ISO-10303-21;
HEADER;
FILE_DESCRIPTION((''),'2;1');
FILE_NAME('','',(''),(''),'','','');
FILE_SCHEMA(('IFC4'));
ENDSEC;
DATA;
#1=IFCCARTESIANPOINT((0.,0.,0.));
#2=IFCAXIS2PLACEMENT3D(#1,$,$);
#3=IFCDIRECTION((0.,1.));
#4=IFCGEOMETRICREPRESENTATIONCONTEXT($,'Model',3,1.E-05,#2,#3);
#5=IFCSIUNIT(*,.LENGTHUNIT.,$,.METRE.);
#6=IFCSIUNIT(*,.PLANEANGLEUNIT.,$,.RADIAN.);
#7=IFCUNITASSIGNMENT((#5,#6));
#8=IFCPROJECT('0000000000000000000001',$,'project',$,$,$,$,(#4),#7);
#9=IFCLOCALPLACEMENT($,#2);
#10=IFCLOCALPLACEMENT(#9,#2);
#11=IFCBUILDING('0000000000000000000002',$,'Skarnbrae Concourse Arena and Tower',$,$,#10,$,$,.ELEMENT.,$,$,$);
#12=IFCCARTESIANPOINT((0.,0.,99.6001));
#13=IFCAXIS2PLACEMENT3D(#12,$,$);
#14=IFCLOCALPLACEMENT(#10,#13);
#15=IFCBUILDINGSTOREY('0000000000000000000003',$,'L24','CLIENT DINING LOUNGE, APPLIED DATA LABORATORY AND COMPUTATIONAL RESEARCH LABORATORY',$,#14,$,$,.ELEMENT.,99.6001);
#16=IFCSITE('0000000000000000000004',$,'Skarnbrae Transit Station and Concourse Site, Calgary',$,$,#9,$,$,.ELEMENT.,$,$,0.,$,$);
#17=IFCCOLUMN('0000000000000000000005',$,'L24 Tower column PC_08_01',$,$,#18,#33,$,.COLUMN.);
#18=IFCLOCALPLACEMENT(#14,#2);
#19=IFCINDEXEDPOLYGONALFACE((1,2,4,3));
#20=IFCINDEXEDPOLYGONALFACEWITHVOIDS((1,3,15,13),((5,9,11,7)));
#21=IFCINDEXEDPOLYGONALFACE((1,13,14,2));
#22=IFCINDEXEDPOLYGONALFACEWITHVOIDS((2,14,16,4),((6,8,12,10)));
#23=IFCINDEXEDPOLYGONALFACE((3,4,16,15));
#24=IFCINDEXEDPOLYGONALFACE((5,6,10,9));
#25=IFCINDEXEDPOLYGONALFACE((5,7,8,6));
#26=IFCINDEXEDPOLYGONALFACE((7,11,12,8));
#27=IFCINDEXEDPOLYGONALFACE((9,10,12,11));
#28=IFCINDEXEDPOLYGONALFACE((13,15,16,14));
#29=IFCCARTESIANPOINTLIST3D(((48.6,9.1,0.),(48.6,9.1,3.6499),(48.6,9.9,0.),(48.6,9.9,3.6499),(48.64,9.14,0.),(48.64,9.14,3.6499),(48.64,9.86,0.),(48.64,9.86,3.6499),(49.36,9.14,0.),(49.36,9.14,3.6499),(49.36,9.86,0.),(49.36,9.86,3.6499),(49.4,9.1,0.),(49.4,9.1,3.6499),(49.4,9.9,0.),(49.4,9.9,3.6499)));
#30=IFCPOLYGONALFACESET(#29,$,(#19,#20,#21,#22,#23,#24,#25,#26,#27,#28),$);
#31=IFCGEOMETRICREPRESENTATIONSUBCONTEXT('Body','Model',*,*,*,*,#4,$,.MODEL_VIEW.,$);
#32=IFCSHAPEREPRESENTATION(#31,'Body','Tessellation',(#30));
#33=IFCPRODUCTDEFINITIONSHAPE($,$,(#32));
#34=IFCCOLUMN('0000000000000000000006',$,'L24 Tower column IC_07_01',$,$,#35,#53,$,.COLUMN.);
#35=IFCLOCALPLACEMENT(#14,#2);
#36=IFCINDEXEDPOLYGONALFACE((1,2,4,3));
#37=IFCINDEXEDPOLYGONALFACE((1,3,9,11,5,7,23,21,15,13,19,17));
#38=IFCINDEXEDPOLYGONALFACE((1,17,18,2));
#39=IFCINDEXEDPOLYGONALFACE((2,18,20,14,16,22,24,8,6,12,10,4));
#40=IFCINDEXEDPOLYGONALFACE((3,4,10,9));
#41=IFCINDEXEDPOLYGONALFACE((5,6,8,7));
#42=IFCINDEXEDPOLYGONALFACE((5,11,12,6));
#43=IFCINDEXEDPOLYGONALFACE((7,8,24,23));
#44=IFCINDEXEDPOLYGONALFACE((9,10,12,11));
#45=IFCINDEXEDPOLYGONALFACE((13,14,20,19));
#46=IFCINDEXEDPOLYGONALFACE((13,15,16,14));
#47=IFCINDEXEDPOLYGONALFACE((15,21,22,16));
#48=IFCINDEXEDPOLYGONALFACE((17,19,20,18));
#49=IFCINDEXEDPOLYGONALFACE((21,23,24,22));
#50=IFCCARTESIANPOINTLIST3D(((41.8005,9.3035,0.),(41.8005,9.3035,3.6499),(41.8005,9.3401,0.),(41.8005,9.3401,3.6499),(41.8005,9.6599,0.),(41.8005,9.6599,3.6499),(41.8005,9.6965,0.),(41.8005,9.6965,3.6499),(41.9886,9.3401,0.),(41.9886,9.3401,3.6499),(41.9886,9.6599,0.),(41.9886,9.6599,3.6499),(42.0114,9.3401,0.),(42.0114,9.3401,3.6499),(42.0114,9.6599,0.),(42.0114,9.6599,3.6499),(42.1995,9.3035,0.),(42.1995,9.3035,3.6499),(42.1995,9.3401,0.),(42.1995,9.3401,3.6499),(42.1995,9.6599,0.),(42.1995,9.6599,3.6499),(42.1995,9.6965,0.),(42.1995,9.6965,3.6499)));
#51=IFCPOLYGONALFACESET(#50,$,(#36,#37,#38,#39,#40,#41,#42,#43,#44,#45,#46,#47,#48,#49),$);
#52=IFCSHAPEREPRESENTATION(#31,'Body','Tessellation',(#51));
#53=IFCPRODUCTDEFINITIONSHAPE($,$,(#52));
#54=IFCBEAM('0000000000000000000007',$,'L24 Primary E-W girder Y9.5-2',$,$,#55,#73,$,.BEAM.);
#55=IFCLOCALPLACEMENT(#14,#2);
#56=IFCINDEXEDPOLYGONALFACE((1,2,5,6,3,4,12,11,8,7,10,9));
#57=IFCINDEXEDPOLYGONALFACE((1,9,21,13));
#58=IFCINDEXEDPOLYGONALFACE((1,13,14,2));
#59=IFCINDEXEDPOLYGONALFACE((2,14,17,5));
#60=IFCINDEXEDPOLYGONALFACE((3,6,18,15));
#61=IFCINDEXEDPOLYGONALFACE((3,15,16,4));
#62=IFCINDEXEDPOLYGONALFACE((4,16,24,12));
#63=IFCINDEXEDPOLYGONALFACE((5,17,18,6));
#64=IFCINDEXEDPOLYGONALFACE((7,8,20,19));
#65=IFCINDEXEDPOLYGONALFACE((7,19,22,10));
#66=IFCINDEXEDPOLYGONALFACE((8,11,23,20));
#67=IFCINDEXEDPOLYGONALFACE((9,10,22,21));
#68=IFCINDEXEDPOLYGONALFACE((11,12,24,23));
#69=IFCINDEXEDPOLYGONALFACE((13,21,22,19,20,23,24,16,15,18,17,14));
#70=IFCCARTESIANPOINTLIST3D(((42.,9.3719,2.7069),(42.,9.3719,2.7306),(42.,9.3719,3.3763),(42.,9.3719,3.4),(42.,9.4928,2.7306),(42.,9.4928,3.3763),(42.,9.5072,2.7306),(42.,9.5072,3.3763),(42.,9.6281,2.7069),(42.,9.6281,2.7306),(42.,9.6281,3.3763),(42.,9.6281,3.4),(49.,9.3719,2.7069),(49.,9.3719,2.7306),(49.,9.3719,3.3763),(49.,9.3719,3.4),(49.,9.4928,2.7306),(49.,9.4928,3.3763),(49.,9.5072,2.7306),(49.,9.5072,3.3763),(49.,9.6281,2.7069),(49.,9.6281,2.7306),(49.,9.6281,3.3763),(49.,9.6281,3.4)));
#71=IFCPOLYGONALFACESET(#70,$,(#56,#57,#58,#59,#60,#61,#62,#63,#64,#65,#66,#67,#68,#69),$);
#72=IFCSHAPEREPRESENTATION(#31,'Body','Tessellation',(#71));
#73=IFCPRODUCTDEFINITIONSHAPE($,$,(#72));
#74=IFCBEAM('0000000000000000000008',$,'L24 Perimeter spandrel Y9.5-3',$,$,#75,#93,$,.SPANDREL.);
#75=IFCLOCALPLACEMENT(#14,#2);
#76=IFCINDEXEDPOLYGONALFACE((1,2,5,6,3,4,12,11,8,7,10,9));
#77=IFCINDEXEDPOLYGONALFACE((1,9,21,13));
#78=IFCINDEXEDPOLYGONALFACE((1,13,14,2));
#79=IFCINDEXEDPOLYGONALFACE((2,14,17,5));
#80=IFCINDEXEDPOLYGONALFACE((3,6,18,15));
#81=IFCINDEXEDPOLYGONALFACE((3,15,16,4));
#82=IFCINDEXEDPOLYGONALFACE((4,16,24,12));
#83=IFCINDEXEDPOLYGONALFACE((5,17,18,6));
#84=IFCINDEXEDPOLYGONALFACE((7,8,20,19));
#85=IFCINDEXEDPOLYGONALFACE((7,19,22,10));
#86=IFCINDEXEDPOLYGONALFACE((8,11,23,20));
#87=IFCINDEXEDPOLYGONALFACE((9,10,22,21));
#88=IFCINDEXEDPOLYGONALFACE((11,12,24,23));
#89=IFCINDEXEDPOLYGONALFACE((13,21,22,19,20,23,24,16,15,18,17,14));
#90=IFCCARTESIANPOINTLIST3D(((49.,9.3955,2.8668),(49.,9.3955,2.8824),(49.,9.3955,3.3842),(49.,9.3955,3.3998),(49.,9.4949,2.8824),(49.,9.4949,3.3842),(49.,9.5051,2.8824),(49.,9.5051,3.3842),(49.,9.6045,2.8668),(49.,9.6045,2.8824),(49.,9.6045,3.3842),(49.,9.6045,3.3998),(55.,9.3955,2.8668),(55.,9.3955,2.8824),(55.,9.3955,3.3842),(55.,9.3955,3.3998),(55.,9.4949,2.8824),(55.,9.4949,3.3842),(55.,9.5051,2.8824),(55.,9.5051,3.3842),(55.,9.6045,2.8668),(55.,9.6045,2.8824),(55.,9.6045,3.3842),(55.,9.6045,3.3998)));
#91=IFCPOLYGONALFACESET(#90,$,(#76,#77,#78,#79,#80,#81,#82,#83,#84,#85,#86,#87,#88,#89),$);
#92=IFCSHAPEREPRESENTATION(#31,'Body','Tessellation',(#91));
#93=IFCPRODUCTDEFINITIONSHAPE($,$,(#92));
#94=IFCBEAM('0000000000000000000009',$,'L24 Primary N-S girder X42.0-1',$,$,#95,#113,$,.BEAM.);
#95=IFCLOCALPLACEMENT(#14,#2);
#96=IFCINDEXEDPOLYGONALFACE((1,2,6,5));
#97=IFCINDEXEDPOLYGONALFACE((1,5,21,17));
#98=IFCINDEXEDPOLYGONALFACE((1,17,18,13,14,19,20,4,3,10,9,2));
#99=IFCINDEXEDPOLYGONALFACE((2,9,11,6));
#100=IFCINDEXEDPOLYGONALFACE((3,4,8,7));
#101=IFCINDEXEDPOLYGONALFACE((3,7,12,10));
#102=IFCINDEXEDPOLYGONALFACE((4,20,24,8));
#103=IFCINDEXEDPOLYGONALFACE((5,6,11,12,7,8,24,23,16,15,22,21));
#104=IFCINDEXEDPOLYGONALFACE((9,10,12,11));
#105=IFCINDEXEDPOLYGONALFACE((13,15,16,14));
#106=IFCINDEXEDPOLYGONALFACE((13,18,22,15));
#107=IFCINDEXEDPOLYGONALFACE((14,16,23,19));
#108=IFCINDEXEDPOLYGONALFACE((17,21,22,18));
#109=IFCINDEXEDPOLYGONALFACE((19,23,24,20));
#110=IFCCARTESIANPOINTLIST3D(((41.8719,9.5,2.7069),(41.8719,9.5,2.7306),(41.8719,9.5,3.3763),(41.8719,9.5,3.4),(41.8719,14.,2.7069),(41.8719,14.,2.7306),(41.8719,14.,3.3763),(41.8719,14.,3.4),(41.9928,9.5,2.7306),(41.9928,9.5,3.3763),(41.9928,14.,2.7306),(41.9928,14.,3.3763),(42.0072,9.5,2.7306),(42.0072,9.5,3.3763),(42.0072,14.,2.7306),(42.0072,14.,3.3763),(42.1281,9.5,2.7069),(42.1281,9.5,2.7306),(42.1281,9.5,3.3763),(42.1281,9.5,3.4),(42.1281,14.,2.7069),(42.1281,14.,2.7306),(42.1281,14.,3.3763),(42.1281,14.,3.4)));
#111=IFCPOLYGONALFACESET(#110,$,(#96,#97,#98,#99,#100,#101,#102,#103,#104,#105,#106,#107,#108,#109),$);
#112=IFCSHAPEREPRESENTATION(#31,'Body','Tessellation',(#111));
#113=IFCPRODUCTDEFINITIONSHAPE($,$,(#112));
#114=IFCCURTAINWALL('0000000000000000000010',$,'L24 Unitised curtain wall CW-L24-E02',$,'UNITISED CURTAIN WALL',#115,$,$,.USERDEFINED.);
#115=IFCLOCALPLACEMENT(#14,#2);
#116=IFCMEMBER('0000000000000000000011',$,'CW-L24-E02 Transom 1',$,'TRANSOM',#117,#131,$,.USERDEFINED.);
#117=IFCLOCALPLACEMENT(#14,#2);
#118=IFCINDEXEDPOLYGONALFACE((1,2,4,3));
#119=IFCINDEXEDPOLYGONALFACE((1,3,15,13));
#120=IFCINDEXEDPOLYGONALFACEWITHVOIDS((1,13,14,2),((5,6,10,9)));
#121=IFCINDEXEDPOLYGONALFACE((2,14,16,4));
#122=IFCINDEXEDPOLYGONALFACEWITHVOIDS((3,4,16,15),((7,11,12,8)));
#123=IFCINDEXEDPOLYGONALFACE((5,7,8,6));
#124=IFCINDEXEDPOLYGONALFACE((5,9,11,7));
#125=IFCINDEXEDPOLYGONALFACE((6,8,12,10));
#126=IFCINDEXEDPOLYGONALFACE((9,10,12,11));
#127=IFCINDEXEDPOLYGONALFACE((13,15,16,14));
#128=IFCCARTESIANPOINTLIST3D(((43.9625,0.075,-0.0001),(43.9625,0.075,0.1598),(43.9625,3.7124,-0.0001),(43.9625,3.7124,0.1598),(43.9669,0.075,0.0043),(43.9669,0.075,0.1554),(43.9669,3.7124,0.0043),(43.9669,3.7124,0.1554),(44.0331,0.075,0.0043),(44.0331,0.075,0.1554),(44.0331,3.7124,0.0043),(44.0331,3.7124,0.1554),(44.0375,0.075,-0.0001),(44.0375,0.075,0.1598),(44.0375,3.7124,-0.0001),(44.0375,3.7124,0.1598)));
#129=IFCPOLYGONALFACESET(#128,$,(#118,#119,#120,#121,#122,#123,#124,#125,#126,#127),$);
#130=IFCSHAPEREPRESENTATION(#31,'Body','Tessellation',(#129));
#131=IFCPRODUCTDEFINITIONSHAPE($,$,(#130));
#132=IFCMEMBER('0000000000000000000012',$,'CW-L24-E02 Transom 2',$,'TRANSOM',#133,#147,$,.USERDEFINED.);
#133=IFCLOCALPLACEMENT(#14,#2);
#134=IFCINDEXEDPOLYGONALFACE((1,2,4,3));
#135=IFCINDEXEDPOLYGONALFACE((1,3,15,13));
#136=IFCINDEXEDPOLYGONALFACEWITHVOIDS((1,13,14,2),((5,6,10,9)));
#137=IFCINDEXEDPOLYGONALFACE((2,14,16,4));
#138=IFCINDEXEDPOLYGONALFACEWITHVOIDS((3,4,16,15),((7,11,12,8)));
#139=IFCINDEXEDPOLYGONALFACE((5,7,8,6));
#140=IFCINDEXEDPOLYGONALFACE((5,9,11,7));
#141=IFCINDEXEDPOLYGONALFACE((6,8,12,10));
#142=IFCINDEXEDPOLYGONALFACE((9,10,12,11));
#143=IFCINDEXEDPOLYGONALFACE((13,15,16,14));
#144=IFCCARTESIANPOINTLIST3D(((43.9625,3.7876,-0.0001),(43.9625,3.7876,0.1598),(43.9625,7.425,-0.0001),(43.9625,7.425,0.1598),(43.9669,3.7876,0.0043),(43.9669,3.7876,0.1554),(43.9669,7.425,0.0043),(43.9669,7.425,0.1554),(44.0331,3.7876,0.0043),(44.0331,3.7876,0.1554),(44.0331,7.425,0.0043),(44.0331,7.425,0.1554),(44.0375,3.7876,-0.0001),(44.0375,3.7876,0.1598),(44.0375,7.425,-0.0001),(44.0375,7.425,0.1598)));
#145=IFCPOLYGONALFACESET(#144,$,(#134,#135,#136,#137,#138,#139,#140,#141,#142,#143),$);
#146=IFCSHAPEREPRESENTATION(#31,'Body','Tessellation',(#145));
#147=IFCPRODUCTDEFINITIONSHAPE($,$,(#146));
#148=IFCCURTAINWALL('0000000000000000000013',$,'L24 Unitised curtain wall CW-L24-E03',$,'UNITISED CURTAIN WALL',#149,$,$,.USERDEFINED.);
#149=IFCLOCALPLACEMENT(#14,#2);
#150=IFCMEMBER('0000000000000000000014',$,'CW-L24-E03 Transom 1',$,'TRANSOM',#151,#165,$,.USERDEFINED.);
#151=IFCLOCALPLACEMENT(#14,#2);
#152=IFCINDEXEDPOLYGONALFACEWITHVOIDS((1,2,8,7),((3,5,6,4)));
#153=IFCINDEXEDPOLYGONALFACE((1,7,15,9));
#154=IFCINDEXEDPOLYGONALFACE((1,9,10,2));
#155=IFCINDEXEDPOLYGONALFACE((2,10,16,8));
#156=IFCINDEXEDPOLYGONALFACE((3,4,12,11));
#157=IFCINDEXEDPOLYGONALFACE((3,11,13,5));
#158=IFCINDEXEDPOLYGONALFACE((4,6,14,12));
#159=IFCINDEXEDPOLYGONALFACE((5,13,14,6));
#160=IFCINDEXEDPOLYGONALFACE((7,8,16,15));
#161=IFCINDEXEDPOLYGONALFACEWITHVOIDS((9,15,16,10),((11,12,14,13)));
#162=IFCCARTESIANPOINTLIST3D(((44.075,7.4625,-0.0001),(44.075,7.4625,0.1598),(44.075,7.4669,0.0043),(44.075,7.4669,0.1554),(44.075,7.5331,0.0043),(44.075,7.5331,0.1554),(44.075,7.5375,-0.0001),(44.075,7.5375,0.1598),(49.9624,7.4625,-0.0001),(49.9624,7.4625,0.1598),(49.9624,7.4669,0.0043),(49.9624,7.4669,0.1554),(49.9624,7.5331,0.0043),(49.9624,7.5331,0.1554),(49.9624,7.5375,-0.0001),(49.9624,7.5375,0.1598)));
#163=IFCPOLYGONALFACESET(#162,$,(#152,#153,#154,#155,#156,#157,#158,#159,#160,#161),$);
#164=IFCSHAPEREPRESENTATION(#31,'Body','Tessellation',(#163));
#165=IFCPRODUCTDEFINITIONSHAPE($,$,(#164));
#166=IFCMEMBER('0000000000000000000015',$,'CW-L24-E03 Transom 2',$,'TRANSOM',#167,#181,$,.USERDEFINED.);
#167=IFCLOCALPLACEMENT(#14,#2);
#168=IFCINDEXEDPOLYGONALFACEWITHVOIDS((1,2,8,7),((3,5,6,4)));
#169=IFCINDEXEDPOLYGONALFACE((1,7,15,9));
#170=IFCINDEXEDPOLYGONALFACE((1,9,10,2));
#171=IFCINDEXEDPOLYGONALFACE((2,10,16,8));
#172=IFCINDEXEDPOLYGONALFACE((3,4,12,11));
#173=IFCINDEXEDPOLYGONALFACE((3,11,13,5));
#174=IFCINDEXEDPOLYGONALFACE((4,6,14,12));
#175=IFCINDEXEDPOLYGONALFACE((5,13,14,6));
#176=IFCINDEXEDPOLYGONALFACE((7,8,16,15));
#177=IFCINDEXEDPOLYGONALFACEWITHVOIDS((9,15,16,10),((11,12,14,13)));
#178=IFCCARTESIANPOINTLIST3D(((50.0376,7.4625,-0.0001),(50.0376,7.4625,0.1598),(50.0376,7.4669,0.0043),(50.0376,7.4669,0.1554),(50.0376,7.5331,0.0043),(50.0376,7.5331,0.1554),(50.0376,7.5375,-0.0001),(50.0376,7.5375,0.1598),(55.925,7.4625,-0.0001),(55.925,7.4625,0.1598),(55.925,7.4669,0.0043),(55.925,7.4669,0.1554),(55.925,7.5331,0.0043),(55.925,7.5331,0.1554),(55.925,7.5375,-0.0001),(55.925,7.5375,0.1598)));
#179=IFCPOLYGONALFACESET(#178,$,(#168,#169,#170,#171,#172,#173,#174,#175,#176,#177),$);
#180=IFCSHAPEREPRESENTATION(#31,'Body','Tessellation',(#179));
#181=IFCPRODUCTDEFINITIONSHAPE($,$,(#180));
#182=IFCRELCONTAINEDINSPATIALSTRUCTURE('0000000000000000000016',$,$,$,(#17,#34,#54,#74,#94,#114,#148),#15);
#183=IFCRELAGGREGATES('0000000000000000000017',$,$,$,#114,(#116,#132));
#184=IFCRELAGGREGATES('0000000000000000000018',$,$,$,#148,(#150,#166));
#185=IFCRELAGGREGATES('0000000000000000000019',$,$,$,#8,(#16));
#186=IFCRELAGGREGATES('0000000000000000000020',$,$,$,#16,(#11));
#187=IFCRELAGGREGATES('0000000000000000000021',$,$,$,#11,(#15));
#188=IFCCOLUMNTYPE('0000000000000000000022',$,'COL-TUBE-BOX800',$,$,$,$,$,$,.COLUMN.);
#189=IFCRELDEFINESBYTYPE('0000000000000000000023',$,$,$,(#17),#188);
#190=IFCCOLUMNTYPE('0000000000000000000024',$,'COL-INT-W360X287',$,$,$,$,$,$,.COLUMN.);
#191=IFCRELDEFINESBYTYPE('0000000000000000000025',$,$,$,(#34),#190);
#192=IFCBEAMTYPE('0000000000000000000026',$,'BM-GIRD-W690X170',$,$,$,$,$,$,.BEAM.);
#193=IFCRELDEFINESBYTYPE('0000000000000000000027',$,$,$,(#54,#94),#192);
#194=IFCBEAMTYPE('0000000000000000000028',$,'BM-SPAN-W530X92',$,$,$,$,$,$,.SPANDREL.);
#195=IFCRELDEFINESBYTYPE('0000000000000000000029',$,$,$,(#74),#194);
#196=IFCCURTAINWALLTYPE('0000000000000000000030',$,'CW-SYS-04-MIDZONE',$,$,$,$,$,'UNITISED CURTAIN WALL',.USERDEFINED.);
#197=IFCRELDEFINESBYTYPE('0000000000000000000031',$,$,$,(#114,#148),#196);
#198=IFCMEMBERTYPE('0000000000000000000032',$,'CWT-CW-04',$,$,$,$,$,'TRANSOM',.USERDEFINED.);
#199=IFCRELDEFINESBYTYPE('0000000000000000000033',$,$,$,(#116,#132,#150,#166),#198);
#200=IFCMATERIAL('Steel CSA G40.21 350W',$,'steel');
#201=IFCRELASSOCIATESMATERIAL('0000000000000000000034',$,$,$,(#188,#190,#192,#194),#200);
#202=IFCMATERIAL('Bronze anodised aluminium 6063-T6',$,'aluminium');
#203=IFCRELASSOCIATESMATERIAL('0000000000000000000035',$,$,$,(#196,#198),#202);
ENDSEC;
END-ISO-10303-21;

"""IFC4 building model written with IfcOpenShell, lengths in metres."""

from ifc_helpers import new_model, si_unit, direction, frame, origin, origin_2d, place, context, subcontext, project, spatial, hollow_rectangle, i_section, extrude, source, transform, mapped, material, material_profile, profile_set, type_object, element, aggregate, save


model = new_model("IFC4")

# Units and contexts
model_context = context("Model", 3, precision=1e-05, world=origin(), true_north=direction((0.0, 1.0)))
body_context = subcontext(model_context, "Body", "Model", "MODEL_VIEW")
ifc_project = project(units=[si_unit("LENGTHUNIT", "METRE"), si_unit("PLANEANGLEUNIT", "RADIAN")], contexts=[model_context])

# Site, building, storey
site_placement = place(None, origin())
site = spatial("IfcSite", under=ifc_project, at=site_placement, Name="Skarnbrae Transit Station and Concourse Site, Calgary", CompositionType="ELEMENT", RefElevation=0.0)
building_placement = place(site_placement, origin())
building = spatial("IfcBuilding", under=site, at=building_placement, Name="Skarnbrae Concourse Arena and Tower", CompositionType="ELEMENT")
storey_placement = place(building_placement, frame((0.0, 0.0, 99.6001)))
storey = spatial("IfcBuildingStorey", under=building, at=storey_placement, Name="L24", Description="CLIENT DINING LOUNGE, APPLIED DATA LABORATORY AND COMPUTATIONAL RESEARCH LABORATORY", CompositionType="ELEMENT", Elevation=99.6001)

# Columns
ifc_material_1 = material(Name="Steel CSA G40.21 350W", Category="steel")
ifc_material_profile_1 = material_profile(ifc_material_1, hollow_rectangle(XDim=0.8, YDim=0.8, WallThickness=0.04, at=origin_2d()), Name="BOX800X800X40")
ifc_profile_set_1 = profile_set([ifc_material_profile_1], Name="Steel CSA G40.21 350W")
column_type_1 = type_object("IfcColumnType", Name="COL-TUBE-BOX800", PredefinedType="COLUMN", material=ifc_profile_set_1)
shared_shape_1 = source(origin(), body_context, "Body", "SweptSolid", [
    extrude(hollow_rectangle(XDim=0.8, YDim=0.8, WallThickness=0.04, at=origin_2d()), origin(), (0.0, 0.0, 1.0), 3.6499),
])
column_1_placement = place(storey_placement, frame((49.0, 9.5, 0.0), z_axis=(0.0, 0.0, 1.0), x_axis=(1.0, 0.0, 0.0)))
element("IfcColumn", 1, at=column_1_placement, inside=storey, type_object=column_type_1, Name="L24 Tower column PC_08_01", PredefinedType="COLUMN", context=body_context, shape_type="MappedRepresentation", body=[
    mapped(shared_shape_1, transform((0.0, 0.0, 0.0))),
])
ifc_material_profile_2 = material_profile(ifc_material_1, i_section(OverallWidth=0.3989, OverallDepth=0.3931, WebThickness=0.0227, FlangeThickness=0.0366, at=origin_2d()), Name="W360X287")
ifc_profile_set_2 = profile_set([ifc_material_profile_2], Name="Steel CSA G40.21 350W")
column_type_2 = type_object("IfcColumnType", Name="COL-INT-W360X287", PredefinedType="COLUMN", material=ifc_profile_set_2)
shared_shape_2 = source(origin(), body_context, "Body", "SweptSolid", [
    extrude(i_section(OverallWidth=0.3989, OverallDepth=0.3931, WebThickness=0.0227, FlangeThickness=0.0366, at=origin_2d()), origin(), (0.0, 0.0, 1.0), 3.6499),
])
column_2_placement = place(storey_placement, frame((42.0, 9.5, 0.0), z_axis=(0.0, 0.0, 1.0), x_axis=(1.0, 0.0, 0.0)))
element("IfcColumn", 2, at=column_2_placement, inside=storey, type_object=column_type_2, Name="L24 Tower column IC_07_01", PredefinedType="COLUMN", context=body_context, shape_type="MappedRepresentation", body=[
    mapped(shared_shape_2, transform((0.0, 0.0, 0.0))),
])

# Beams
ifc_material_profile_3 = material_profile(ifc_material_1, i_section(OverallWidth=0.2561, OverallDepth=0.6931, WebThickness=0.0144, FlangeThickness=0.0237, at=origin_2d()), Name="W690X170")
ifc_profile_set_3 = profile_set([ifc_material_profile_3], Name="Steel CSA G40.21 350W")
beam_type_1 = type_object("IfcBeamType", Name="BM-GIRD-W690X170", PredefinedType="BEAM", material=ifc_profile_set_3)
shared_shape_3 = source(origin(), body_context, "Body", "SweptSolid", [
    extrude(i_section(OverallWidth=0.2561, OverallDepth=0.6931, WebThickness=0.0144, FlangeThickness=0.0237, at=origin_2d()), origin(), (0.0, 0.0, 1.0), 7.0),
])
beam_1_placement = place(storey_placement, frame((42.0, 9.5, 3.0535), z_axis=(1.0, 0.0, 0.0), x_axis=(0.0, 1.0, 0.0)))
element("IfcBeam", 3, at=beam_1_placement, inside=storey, type_object=beam_type_1, Name="L24 Primary E-W girder Y9.5-2", PredefinedType="BEAM", context=body_context, shape_type="MappedRepresentation", body=[
    mapped(shared_shape_3, transform((0.0, 0.0, 0.0))),
])
ifc_material_profile_4 = material_profile(ifc_material_1, i_section(OverallWidth=0.209, OverallDepth=0.533, WebThickness=0.0103, FlangeThickness=0.0156, at=origin_2d()), Name="W530X92")
ifc_profile_set_4 = profile_set([ifc_material_profile_4], Name="Steel CSA G40.21 350W")
beam_type_2 = type_object("IfcBeamType", Name="BM-SPAN-W530X92", PredefinedType="SPANDREL", material=ifc_profile_set_4)
shared_shape_4 = source(origin(), body_context, "Body", "SweptSolid", [
    extrude(i_section(OverallWidth=0.209, OverallDepth=0.533, WebThickness=0.0103, FlangeThickness=0.0156, at=origin_2d()), origin(), (0.0, 0.0, 1.0), 6.0),
])
beam_2_placement = place(storey_placement, frame((49.0, 9.5, 3.1333), z_axis=(1.0, 0.0, 0.0), x_axis=(0.0, 1.0, 0.0)))
element("IfcBeam", 4, at=beam_2_placement, inside=storey, type_object=beam_type_2, Name="L24 Perimeter spandrel Y9.5-3", PredefinedType="SPANDREL", context=body_context, shape_type="MappedRepresentation", body=[
    mapped(shared_shape_4, transform((0.0, 0.0, 0.0))),
])
shared_shape_5 = source(origin(), body_context, "Body", "SweptSolid", [
    extrude(i_section(OverallWidth=0.2561, OverallDepth=0.6931, WebThickness=0.0144, FlangeThickness=0.0237, at=origin_2d()), origin(), (0.0, 0.0, 1.0), 4.5),
])
beam_3_placement = place(storey_placement, frame((42.0, 9.5, 3.0535), z_axis=(0.0, 1.0, 0.0), x_axis=(-1.0, 0.0, 0.0)))
element("IfcBeam", 5, at=beam_3_placement, inside=storey, type_object=beam_type_1, Name="L24 Primary N-S girder X42.0-1", PredefinedType="BEAM", context=body_context, shape_type="MappedRepresentation", body=[
    mapped(shared_shape_5, transform((0.0, 0.0, 0.0))),
])

# Curtain walls, members
ifc_material_2 = material(Name="Bronze anodised aluminium 6063-T6", Category="aluminium")
curtain_wall_type = type_object("IfcCurtainWallType", Name="CW-SYS-04-MIDZONE", ElementType="UNITISED CURTAIN WALL", PredefinedType="USERDEFINED", material=ifc_material_2)
curtain_wall_1_placement = place(storey_placement, origin())
curtain_wall_1 = element("IfcCurtainWall", 6, at=curtain_wall_1_placement, inside=storey, type_object=curtain_wall_type, Name="L24 Unitised curtain wall CW-L24-E02", ObjectType="UNITISED CURTAIN WALL", PredefinedType="USERDEFINED")
ifc_material_profile_5 = material_profile(ifc_material_2, hollow_rectangle(XDim=0.075, YDim=0.1599, WallThickness=0.0044, at=origin_2d()), Name="ALU-TRAN-75X160")
ifc_profile_set_5 = profile_set([ifc_material_profile_5], Name="Bronze anodised aluminium 6063-T6")
member_type_1 = type_object("IfcMemberType", Name="CWT-CW-04", ElementType="TRANSOM", PredefinedType="USERDEFINED", material=ifc_profile_set_5)
shared_shape_6 = source(origin(), body_context, "Body", "SweptSolid", [
    extrude(hollow_rectangle(XDim=0.075, YDim=0.1599, WallThickness=0.0044, at=origin_2d()), origin(), (0.0, 0.0, 1.0), 3.6375),
])
member_1_placement = place(storey_placement, frame((44.0, 0.075, 0.0798), z_axis=(0.0, 1.0, 0.0), x_axis=(-1.0, 0.0, 0.0)))
member_1 = element("IfcMember", 7, at=member_1_placement, type_object=member_type_1, Name="CW-L24-E02 Transom 1", ObjectType="TRANSOM", PredefinedType="USERDEFINED", context=body_context, shape_type="MappedRepresentation", body=[
    mapped(shared_shape_6, transform((0.0, 0.0, 0.0))),
])
member_2_placement = place(storey_placement, frame((44.0, 3.7876, 0.0798), z_axis=(0.0, 1.0, 0.0), x_axis=(-1.0, 0.0, 0.0)))
member_2 = element("IfcMember", 8, at=member_2_placement, type_object=member_type_1, Name="CW-L24-E02 Transom 2", ObjectType="TRANSOM", PredefinedType="USERDEFINED", context=body_context, shape_type="MappedRepresentation", body=[
    mapped(shared_shape_6, transform((0.0, 0.0, 0.0))),
])
curtain_wall_2_placement = place(storey_placement, origin())
curtain_wall_2 = element("IfcCurtainWall", 9, at=curtain_wall_2_placement, inside=storey, type_object=curtain_wall_type, Name="L24 Unitised curtain wall CW-L24-E03", ObjectType="UNITISED CURTAIN WALL", PredefinedType="USERDEFINED")
shared_shape_7 = source(origin(), body_context, "Body", "SweptSolid", [
    extrude(hollow_rectangle(XDim=0.075, YDim=0.1599, WallThickness=0.0044, at=origin_2d()), origin(), (0.0, 0.0, 1.0), 5.8875),
])
member_3_placement = place(storey_placement, frame((44.075, 7.5, 0.0798), z_axis=(1.0, 0.0, 0.0), x_axis=(0.0, 1.0, 0.0)))
member_3 = element("IfcMember", 10, at=member_3_placement, type_object=member_type_1, Name="CW-L24-E03 Transom 1", ObjectType="TRANSOM", PredefinedType="USERDEFINED", context=body_context, shape_type="MappedRepresentation", body=[
    mapped(shared_shape_7, transform((0.0, 0.0, 0.0))),
])
member_4_placement = place(storey_placement, frame((50.0376, 7.5, 0.0798), z_axis=(1.0, 0.0, 0.0), x_axis=(0.0, 1.0, 0.0)))
member_4 = element("IfcMember", 11, at=member_4_placement, type_object=member_type_1, Name="CW-L24-E03 Transom 2", ObjectType="TRANSOM", PredefinedType="USERDEFINED", context=body_context, shape_type="MappedRepresentation", body=[
    mapped(shared_shape_7, transform((0.0, 0.0, 0.0))),
])

aggregate(curtain_wall_1, [member_1, member_2])
aggregate(curtain_wall_2, [member_3, member_4])

save(model, "model.ifc")
